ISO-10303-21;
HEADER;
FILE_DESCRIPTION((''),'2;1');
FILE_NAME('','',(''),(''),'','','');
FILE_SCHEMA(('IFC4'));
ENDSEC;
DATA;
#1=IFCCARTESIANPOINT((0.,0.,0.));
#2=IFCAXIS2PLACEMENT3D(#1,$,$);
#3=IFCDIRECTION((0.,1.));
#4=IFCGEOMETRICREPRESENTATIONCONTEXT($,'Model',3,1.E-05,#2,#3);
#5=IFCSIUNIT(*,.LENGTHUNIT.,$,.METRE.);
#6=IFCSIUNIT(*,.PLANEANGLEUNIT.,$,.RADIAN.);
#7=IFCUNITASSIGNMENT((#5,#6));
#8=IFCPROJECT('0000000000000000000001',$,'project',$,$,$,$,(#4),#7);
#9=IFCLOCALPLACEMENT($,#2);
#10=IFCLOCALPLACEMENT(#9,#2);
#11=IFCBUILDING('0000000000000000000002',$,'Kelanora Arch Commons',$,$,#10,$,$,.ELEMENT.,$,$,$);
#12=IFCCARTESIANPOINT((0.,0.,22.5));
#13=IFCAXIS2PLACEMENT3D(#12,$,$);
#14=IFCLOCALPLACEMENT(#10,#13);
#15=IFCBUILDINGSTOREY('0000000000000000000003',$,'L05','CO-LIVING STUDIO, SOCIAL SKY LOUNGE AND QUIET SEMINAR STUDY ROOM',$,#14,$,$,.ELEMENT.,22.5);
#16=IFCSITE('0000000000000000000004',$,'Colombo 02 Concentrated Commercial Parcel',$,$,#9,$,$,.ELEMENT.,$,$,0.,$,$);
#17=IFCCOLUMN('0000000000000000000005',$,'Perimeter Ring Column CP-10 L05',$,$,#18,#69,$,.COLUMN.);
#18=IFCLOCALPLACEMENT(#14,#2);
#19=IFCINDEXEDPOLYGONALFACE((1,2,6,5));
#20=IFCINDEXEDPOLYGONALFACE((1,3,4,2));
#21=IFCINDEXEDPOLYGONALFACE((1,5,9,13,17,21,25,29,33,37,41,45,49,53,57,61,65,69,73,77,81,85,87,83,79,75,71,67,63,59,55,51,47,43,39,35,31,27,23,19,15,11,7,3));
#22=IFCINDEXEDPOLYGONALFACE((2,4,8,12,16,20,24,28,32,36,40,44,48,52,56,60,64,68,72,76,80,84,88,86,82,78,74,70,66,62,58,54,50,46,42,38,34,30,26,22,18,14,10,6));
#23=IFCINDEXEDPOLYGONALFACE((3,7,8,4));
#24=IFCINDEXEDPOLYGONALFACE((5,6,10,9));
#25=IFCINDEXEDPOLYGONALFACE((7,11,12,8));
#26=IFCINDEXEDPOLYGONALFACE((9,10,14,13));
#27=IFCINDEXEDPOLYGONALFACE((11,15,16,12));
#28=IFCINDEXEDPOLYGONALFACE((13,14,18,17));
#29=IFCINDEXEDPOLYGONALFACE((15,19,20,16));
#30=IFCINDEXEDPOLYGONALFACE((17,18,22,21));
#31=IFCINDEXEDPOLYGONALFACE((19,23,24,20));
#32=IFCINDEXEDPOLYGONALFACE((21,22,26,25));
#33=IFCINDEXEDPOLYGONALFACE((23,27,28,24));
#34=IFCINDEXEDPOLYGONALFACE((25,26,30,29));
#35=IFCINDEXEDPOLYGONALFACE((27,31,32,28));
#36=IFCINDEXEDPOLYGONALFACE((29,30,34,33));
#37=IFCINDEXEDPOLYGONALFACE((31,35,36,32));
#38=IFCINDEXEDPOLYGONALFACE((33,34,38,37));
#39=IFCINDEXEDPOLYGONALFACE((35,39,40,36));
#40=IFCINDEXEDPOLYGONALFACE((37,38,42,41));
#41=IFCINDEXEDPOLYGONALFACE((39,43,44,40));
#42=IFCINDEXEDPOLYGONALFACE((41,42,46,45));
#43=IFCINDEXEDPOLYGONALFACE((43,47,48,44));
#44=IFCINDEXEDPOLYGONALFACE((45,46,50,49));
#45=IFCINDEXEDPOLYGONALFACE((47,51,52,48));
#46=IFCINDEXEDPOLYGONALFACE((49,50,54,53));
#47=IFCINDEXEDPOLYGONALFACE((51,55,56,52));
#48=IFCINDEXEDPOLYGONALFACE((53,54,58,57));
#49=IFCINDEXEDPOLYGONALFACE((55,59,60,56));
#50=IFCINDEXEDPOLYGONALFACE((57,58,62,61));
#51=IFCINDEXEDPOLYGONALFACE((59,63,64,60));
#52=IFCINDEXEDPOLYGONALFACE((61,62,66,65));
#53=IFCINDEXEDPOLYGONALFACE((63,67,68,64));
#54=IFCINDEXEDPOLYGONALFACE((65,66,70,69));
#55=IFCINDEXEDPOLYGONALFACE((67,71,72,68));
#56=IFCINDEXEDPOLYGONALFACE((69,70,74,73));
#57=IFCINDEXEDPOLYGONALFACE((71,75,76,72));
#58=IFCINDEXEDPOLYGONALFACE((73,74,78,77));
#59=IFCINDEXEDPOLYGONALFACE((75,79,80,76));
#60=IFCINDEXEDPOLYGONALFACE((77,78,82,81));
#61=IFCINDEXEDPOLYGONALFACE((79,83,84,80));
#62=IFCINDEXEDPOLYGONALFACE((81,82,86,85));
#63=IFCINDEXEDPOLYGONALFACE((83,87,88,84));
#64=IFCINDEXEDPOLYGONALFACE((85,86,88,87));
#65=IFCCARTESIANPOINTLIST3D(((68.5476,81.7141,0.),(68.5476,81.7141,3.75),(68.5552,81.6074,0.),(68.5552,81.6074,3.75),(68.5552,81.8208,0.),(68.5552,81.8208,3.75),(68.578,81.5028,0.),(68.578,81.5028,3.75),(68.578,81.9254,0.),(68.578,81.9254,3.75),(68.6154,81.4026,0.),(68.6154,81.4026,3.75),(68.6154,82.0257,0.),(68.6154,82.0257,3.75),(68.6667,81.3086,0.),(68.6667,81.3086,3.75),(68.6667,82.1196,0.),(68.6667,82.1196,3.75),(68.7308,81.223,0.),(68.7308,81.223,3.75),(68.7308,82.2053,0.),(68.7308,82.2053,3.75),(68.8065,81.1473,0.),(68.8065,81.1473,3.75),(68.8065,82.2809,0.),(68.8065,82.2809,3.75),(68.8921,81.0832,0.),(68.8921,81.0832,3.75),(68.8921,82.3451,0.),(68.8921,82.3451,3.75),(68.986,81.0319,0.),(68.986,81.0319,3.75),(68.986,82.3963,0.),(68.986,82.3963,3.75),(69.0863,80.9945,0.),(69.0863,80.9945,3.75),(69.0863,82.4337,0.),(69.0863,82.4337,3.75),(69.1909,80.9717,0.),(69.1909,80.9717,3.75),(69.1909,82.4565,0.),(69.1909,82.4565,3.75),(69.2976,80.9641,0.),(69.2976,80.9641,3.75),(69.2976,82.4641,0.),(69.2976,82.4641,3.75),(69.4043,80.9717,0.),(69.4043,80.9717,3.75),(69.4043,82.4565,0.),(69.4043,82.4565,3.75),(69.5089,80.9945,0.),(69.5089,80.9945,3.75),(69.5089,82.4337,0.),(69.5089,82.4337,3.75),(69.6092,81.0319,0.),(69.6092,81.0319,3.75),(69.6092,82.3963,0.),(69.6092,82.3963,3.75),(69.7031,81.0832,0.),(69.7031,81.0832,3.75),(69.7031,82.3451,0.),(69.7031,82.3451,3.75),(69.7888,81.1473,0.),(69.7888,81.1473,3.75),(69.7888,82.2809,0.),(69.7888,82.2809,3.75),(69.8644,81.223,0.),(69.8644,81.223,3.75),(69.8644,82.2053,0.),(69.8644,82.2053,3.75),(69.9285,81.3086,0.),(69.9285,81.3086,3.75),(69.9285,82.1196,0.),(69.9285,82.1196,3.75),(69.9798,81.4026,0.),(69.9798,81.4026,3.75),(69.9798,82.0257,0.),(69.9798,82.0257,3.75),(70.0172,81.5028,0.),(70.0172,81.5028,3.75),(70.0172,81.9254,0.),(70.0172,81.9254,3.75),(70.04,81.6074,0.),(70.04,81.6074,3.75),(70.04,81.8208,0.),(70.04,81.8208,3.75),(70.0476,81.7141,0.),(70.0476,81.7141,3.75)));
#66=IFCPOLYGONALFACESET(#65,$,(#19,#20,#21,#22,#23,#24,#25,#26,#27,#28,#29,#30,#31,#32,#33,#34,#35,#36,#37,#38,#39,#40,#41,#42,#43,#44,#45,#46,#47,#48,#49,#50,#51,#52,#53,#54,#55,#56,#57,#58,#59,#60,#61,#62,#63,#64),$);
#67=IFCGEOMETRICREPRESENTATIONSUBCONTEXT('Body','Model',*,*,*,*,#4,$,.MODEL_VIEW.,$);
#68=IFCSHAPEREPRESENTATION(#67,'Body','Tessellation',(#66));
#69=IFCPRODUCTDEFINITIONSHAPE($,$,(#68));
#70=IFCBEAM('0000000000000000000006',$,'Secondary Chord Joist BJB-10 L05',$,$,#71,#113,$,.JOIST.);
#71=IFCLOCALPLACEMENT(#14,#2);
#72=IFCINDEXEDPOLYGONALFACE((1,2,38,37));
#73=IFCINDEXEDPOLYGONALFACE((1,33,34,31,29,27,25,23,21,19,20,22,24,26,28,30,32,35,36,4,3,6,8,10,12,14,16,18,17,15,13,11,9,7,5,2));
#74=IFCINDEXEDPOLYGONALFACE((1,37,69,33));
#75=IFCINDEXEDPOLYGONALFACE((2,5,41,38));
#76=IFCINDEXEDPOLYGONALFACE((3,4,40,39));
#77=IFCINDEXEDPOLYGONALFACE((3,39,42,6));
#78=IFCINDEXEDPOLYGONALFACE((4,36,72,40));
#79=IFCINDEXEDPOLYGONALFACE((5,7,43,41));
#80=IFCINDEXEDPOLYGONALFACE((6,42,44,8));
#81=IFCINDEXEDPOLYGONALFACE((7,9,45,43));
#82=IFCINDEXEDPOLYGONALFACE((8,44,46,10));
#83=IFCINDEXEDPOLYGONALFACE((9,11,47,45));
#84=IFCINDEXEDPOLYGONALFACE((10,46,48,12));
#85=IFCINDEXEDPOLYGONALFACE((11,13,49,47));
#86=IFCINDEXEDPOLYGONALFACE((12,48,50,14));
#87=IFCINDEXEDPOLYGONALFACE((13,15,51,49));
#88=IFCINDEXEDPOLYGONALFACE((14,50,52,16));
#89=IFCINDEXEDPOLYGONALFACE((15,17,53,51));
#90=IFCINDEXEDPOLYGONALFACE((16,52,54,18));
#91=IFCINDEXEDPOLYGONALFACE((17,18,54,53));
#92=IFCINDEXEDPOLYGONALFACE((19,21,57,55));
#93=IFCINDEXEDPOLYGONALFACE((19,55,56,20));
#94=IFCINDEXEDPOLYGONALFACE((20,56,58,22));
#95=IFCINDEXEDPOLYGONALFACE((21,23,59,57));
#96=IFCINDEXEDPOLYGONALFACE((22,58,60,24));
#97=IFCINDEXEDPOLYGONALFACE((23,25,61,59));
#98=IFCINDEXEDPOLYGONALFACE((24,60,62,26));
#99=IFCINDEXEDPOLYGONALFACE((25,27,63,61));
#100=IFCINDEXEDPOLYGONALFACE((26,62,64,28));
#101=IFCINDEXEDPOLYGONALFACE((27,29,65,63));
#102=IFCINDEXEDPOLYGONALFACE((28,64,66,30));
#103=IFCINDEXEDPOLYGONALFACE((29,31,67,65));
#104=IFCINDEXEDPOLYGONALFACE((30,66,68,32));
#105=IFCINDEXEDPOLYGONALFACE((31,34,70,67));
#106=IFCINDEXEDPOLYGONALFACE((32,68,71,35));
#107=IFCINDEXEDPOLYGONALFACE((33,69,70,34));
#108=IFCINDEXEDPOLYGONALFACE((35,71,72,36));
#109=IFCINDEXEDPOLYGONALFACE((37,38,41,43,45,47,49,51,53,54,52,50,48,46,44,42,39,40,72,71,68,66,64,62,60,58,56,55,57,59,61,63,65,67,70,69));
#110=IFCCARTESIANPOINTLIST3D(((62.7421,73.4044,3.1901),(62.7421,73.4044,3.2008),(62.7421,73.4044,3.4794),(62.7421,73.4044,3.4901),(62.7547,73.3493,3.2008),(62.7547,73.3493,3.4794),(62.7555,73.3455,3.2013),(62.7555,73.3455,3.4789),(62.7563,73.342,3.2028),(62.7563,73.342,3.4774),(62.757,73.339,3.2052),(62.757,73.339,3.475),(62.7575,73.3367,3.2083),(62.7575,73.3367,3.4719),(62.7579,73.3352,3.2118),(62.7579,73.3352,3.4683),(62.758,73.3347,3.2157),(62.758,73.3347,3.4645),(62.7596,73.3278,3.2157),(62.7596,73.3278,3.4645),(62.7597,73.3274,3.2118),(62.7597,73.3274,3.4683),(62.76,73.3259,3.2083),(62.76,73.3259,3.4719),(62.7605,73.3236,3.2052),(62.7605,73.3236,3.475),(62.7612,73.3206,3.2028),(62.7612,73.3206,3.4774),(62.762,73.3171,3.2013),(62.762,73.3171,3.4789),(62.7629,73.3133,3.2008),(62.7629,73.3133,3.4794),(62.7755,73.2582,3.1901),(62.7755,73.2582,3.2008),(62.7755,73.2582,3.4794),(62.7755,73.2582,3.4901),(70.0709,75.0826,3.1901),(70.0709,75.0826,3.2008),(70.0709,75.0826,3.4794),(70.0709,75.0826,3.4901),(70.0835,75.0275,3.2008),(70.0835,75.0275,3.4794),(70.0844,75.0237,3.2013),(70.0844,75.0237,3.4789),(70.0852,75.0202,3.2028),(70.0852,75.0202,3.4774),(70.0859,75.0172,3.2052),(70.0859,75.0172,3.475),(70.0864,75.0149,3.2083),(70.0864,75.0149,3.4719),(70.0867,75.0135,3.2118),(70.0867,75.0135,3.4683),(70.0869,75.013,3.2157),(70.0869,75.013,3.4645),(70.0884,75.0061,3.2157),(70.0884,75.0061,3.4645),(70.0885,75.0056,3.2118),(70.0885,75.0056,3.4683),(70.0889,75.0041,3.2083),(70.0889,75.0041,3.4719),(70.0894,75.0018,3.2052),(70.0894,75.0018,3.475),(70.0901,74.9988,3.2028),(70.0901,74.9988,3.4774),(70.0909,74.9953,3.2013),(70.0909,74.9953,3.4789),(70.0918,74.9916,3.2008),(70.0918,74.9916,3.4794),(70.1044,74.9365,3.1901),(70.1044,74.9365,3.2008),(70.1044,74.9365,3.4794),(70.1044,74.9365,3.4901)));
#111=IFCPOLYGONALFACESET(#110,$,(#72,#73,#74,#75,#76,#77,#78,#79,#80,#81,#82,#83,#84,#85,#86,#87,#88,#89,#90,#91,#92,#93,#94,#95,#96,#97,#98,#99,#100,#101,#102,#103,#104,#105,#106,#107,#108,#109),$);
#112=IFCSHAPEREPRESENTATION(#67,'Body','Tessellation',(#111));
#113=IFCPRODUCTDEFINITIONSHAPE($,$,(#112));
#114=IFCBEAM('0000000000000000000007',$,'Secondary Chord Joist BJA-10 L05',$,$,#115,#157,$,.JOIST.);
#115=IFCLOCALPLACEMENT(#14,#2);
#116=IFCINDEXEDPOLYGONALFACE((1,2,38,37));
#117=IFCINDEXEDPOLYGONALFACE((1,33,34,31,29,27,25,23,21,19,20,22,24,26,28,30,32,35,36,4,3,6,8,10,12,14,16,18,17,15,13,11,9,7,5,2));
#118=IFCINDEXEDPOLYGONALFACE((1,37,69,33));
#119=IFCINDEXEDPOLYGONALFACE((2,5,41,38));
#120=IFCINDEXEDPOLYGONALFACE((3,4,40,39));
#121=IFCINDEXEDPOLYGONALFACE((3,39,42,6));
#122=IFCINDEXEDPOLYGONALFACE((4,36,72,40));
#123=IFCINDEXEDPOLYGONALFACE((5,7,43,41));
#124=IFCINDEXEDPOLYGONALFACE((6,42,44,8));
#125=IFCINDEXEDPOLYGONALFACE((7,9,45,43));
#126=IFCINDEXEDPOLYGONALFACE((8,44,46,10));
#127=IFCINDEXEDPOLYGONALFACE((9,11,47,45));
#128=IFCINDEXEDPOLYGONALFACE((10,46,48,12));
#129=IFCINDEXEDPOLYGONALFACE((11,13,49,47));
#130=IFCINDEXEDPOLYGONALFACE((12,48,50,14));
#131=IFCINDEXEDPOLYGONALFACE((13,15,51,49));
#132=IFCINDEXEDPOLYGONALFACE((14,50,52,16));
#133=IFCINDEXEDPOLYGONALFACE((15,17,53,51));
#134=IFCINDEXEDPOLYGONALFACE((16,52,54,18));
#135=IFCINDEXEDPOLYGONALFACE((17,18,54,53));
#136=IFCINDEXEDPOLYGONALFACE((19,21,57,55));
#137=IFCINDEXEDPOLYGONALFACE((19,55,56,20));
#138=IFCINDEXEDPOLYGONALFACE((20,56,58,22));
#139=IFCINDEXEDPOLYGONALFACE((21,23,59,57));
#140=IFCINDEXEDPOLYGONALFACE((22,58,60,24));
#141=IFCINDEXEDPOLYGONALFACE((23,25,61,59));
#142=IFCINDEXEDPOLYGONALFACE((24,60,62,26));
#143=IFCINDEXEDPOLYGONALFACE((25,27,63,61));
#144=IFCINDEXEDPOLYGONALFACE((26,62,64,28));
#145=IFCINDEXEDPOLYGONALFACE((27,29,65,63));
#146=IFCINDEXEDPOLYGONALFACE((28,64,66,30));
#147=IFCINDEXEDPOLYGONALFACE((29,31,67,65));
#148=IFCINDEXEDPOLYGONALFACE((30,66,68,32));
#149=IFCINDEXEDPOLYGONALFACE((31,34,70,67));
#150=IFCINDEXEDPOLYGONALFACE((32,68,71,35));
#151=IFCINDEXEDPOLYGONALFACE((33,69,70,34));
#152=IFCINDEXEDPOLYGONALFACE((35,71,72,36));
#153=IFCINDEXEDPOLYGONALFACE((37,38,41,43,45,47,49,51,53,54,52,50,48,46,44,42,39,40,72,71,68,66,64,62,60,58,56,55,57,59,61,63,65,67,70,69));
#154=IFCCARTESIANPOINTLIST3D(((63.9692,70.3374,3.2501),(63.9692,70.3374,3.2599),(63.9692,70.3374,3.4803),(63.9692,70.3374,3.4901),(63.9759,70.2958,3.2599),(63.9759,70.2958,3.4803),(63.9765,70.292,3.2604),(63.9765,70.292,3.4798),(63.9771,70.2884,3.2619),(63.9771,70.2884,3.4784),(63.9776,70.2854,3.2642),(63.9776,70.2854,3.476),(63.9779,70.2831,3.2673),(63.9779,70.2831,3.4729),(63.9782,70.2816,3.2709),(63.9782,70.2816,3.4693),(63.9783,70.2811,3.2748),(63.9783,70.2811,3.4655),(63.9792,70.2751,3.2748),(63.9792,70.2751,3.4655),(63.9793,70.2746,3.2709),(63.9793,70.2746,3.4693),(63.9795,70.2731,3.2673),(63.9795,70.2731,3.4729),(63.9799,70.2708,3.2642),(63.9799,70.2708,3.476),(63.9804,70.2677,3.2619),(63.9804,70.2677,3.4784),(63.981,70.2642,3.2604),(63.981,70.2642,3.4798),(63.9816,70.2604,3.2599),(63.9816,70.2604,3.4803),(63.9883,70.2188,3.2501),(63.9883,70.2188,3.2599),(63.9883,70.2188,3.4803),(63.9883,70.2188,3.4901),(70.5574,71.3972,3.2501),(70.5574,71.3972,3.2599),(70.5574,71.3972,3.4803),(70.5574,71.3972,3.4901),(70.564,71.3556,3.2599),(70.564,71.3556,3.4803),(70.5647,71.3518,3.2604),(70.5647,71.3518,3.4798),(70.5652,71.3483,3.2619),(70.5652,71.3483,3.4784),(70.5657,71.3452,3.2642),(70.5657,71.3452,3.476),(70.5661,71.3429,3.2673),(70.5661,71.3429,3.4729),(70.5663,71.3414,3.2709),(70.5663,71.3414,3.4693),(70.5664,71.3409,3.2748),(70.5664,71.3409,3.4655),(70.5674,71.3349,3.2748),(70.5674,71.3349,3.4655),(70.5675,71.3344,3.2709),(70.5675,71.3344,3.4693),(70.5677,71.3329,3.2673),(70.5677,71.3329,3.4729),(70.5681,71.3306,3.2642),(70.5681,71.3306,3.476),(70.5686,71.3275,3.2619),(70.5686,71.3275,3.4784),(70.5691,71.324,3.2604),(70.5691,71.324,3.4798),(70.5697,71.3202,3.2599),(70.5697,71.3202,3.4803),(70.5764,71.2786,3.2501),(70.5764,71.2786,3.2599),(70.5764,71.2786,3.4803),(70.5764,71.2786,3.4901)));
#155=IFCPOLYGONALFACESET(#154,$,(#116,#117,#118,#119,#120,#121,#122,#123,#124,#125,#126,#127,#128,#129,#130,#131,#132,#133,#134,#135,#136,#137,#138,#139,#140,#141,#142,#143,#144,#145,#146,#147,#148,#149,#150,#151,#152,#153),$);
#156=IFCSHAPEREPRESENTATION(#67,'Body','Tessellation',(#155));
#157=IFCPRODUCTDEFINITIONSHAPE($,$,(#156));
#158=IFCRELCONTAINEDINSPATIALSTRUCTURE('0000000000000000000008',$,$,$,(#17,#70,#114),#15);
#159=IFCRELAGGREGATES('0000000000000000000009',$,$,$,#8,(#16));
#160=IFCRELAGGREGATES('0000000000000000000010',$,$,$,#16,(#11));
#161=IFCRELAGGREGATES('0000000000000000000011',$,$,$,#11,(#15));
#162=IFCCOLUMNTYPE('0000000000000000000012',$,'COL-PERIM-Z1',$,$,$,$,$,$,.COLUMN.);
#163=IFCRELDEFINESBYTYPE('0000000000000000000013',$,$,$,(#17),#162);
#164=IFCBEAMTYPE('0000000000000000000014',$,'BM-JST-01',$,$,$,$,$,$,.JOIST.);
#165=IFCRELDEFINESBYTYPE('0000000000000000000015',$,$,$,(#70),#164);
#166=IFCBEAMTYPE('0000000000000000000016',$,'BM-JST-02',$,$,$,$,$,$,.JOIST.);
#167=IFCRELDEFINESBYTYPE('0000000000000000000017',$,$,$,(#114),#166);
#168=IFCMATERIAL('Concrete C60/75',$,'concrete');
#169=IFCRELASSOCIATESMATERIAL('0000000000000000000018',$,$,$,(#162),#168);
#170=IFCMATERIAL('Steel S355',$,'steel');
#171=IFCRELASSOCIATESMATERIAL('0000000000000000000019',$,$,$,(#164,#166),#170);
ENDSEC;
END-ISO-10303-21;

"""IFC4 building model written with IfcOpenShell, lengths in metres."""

from ifc_helpers import new_model, si_unit, direction, frame, origin, origin_2d, place, context, subcontext, project, spatial, circle, i_section, extrude, material, material_profile, profile_set, type_object, element, save


model = new_model("IFC4")

# Units and contexts
model_context = context("Model", 3, precision=1e-05, world=origin(), true_north=direction((0.0, 1.0)))
body_context = subcontext(model_context, "Body", "Model", "MODEL_VIEW")
ifc_project = project(units=[si_unit("LENGTHUNIT", "METRE"), si_unit("PLANEANGLEUNIT", "RADIAN")], contexts=[model_context])

# Site, building, storey
site_placement = place(None, origin())
site = spatial("IfcSite", under=ifc_project, at=site_placement, Name="Colombo 02 Concentrated Commercial Parcel", CompositionType="ELEMENT", RefElevation=0.0)
building_placement = place(site_placement, origin())
building = spatial("IfcBuilding", under=site, at=building_placement, Name="Kelanora Arch Commons", CompositionType="ELEMENT")
storey_placement = place(building_placement, frame((0.0, 0.0, 22.5)))
storey = spatial("IfcBuildingStorey", under=building, at=storey_placement, Name="L05", Description="CO-LIVING STUDIO, SOCIAL SKY LOUNGE AND QUIET SEMINAR STUDY ROOM", CompositionType="ELEMENT", Elevation=22.5)

# Column
ifc_material_1 = material(Name="Concrete C60/75", Category="concrete")
ifc_material_profile_1 = material_profile(ifc_material_1, circle(Radius=0.75, at=origin_2d()), Name="RCC1500")
ifc_profile_set_1 = profile_set([ifc_material_profile_1], Name="Concrete C60/75")
column_type = type_object("IfcColumnType", Name="COL-PERIM-Z1", PredefinedType="COLUMN", material=ifc_profile_set_1)
column_placement = place(storey_placement, frame((69.2976, 81.7141, 0.0), z_axis=(0.0, 0.0, 1.0), x_axis=(1.0, 0.0, 0.0)))
element("IfcColumn", 1, at=column_placement, inside=storey, type_object=column_type, Name="Perimeter Ring Column CP-10 L05", PredefinedType="COLUMN", context=body_context, shape_type="SweptSolid", body=[
    extrude(circle(Radius=0.75, at=origin_2d()), origin(), (0.0, 0.0, 1.0), 3.75),
])

# Beams
ifc_material_2 = material(Name="Steel S355", Category="steel")
ifc_material_profile_2 = material_profile(ifc_material_2, i_section(OverallWidth=0.1499, OverallDepth=0.3, WebThickness=0.0071, FlangeThickness=0.0107, FilletRadius=0.0149, at=origin_2d()), Name="IPE300")
ifc_profile_set_2 = profile_set([ifc_material_profile_2], Name="Steel S355")
beam_type_1 = type_object("IfcBeamType", Name="BM-JST-01", PredefinedType="JOIST", material=ifc_profile_set_2)
beam_1_placement = place(storey_placement, frame((70.0876, 75.0095, 3.3401), z_axis=(-0.97477, -0.223211, 0.0), x_axis=(0.223211, -0.97477, 0.0)))
element("IfcBeam", 2, at=beam_1_placement, inside=storey, type_object=beam_type_1, Name="Secondary Chord Joist BJB-10 L05", PredefinedType="JOIST", context=body_context, shape_type="SweptSolid", body=[
    extrude(i_section(OverallWidth=0.1499, OverallDepth=0.3, WebThickness=0.0071, FlangeThickness=0.0107, FilletRadius=0.0149, at=origin_2d()), origin(), (0.0, 0.0, 1.0), 7.5186),
])
ifc_material_profile_3 = material_profile(ifc_material_2, i_section(OverallWidth=0.1201, OverallDepth=0.24, WebThickness=0.0061, FlangeThickness=0.0098, FilletRadius=0.0149, at=origin_2d()), Name="IPE240")
ifc_profile_set_3 = profile_set([ifc_material_profile_3], Name="Steel S355")
beam_type_2 = type_object("IfcBeamType", Name="BM-JST-02", PredefinedType="JOIST", material=ifc_profile_set_3)
beam_2_placement = place(storey_placement, frame((70.5669, 71.3379, 3.3701), z_axis=(-0.987307, -0.158825, 0.0), x_axis=(0.158825, -0.987307, 0.0)))
element("IfcBeam", 3, at=beam_2_placement, inside=storey, type_object=beam_type_2, Name="Secondary Chord Joist BJA-10 L05", PredefinedType="JOIST", context=body_context, shape_type="SweptSolid", body=[
    extrude(i_section(OverallWidth=0.1201, OverallDepth=0.24, WebThickness=0.0061, FlangeThickness=0.0098, FilletRadius=0.0149, at=origin_2d()), origin(), (0.0, 0.0, 1.0), 6.6729),
])

save(model, "model.ifc")
